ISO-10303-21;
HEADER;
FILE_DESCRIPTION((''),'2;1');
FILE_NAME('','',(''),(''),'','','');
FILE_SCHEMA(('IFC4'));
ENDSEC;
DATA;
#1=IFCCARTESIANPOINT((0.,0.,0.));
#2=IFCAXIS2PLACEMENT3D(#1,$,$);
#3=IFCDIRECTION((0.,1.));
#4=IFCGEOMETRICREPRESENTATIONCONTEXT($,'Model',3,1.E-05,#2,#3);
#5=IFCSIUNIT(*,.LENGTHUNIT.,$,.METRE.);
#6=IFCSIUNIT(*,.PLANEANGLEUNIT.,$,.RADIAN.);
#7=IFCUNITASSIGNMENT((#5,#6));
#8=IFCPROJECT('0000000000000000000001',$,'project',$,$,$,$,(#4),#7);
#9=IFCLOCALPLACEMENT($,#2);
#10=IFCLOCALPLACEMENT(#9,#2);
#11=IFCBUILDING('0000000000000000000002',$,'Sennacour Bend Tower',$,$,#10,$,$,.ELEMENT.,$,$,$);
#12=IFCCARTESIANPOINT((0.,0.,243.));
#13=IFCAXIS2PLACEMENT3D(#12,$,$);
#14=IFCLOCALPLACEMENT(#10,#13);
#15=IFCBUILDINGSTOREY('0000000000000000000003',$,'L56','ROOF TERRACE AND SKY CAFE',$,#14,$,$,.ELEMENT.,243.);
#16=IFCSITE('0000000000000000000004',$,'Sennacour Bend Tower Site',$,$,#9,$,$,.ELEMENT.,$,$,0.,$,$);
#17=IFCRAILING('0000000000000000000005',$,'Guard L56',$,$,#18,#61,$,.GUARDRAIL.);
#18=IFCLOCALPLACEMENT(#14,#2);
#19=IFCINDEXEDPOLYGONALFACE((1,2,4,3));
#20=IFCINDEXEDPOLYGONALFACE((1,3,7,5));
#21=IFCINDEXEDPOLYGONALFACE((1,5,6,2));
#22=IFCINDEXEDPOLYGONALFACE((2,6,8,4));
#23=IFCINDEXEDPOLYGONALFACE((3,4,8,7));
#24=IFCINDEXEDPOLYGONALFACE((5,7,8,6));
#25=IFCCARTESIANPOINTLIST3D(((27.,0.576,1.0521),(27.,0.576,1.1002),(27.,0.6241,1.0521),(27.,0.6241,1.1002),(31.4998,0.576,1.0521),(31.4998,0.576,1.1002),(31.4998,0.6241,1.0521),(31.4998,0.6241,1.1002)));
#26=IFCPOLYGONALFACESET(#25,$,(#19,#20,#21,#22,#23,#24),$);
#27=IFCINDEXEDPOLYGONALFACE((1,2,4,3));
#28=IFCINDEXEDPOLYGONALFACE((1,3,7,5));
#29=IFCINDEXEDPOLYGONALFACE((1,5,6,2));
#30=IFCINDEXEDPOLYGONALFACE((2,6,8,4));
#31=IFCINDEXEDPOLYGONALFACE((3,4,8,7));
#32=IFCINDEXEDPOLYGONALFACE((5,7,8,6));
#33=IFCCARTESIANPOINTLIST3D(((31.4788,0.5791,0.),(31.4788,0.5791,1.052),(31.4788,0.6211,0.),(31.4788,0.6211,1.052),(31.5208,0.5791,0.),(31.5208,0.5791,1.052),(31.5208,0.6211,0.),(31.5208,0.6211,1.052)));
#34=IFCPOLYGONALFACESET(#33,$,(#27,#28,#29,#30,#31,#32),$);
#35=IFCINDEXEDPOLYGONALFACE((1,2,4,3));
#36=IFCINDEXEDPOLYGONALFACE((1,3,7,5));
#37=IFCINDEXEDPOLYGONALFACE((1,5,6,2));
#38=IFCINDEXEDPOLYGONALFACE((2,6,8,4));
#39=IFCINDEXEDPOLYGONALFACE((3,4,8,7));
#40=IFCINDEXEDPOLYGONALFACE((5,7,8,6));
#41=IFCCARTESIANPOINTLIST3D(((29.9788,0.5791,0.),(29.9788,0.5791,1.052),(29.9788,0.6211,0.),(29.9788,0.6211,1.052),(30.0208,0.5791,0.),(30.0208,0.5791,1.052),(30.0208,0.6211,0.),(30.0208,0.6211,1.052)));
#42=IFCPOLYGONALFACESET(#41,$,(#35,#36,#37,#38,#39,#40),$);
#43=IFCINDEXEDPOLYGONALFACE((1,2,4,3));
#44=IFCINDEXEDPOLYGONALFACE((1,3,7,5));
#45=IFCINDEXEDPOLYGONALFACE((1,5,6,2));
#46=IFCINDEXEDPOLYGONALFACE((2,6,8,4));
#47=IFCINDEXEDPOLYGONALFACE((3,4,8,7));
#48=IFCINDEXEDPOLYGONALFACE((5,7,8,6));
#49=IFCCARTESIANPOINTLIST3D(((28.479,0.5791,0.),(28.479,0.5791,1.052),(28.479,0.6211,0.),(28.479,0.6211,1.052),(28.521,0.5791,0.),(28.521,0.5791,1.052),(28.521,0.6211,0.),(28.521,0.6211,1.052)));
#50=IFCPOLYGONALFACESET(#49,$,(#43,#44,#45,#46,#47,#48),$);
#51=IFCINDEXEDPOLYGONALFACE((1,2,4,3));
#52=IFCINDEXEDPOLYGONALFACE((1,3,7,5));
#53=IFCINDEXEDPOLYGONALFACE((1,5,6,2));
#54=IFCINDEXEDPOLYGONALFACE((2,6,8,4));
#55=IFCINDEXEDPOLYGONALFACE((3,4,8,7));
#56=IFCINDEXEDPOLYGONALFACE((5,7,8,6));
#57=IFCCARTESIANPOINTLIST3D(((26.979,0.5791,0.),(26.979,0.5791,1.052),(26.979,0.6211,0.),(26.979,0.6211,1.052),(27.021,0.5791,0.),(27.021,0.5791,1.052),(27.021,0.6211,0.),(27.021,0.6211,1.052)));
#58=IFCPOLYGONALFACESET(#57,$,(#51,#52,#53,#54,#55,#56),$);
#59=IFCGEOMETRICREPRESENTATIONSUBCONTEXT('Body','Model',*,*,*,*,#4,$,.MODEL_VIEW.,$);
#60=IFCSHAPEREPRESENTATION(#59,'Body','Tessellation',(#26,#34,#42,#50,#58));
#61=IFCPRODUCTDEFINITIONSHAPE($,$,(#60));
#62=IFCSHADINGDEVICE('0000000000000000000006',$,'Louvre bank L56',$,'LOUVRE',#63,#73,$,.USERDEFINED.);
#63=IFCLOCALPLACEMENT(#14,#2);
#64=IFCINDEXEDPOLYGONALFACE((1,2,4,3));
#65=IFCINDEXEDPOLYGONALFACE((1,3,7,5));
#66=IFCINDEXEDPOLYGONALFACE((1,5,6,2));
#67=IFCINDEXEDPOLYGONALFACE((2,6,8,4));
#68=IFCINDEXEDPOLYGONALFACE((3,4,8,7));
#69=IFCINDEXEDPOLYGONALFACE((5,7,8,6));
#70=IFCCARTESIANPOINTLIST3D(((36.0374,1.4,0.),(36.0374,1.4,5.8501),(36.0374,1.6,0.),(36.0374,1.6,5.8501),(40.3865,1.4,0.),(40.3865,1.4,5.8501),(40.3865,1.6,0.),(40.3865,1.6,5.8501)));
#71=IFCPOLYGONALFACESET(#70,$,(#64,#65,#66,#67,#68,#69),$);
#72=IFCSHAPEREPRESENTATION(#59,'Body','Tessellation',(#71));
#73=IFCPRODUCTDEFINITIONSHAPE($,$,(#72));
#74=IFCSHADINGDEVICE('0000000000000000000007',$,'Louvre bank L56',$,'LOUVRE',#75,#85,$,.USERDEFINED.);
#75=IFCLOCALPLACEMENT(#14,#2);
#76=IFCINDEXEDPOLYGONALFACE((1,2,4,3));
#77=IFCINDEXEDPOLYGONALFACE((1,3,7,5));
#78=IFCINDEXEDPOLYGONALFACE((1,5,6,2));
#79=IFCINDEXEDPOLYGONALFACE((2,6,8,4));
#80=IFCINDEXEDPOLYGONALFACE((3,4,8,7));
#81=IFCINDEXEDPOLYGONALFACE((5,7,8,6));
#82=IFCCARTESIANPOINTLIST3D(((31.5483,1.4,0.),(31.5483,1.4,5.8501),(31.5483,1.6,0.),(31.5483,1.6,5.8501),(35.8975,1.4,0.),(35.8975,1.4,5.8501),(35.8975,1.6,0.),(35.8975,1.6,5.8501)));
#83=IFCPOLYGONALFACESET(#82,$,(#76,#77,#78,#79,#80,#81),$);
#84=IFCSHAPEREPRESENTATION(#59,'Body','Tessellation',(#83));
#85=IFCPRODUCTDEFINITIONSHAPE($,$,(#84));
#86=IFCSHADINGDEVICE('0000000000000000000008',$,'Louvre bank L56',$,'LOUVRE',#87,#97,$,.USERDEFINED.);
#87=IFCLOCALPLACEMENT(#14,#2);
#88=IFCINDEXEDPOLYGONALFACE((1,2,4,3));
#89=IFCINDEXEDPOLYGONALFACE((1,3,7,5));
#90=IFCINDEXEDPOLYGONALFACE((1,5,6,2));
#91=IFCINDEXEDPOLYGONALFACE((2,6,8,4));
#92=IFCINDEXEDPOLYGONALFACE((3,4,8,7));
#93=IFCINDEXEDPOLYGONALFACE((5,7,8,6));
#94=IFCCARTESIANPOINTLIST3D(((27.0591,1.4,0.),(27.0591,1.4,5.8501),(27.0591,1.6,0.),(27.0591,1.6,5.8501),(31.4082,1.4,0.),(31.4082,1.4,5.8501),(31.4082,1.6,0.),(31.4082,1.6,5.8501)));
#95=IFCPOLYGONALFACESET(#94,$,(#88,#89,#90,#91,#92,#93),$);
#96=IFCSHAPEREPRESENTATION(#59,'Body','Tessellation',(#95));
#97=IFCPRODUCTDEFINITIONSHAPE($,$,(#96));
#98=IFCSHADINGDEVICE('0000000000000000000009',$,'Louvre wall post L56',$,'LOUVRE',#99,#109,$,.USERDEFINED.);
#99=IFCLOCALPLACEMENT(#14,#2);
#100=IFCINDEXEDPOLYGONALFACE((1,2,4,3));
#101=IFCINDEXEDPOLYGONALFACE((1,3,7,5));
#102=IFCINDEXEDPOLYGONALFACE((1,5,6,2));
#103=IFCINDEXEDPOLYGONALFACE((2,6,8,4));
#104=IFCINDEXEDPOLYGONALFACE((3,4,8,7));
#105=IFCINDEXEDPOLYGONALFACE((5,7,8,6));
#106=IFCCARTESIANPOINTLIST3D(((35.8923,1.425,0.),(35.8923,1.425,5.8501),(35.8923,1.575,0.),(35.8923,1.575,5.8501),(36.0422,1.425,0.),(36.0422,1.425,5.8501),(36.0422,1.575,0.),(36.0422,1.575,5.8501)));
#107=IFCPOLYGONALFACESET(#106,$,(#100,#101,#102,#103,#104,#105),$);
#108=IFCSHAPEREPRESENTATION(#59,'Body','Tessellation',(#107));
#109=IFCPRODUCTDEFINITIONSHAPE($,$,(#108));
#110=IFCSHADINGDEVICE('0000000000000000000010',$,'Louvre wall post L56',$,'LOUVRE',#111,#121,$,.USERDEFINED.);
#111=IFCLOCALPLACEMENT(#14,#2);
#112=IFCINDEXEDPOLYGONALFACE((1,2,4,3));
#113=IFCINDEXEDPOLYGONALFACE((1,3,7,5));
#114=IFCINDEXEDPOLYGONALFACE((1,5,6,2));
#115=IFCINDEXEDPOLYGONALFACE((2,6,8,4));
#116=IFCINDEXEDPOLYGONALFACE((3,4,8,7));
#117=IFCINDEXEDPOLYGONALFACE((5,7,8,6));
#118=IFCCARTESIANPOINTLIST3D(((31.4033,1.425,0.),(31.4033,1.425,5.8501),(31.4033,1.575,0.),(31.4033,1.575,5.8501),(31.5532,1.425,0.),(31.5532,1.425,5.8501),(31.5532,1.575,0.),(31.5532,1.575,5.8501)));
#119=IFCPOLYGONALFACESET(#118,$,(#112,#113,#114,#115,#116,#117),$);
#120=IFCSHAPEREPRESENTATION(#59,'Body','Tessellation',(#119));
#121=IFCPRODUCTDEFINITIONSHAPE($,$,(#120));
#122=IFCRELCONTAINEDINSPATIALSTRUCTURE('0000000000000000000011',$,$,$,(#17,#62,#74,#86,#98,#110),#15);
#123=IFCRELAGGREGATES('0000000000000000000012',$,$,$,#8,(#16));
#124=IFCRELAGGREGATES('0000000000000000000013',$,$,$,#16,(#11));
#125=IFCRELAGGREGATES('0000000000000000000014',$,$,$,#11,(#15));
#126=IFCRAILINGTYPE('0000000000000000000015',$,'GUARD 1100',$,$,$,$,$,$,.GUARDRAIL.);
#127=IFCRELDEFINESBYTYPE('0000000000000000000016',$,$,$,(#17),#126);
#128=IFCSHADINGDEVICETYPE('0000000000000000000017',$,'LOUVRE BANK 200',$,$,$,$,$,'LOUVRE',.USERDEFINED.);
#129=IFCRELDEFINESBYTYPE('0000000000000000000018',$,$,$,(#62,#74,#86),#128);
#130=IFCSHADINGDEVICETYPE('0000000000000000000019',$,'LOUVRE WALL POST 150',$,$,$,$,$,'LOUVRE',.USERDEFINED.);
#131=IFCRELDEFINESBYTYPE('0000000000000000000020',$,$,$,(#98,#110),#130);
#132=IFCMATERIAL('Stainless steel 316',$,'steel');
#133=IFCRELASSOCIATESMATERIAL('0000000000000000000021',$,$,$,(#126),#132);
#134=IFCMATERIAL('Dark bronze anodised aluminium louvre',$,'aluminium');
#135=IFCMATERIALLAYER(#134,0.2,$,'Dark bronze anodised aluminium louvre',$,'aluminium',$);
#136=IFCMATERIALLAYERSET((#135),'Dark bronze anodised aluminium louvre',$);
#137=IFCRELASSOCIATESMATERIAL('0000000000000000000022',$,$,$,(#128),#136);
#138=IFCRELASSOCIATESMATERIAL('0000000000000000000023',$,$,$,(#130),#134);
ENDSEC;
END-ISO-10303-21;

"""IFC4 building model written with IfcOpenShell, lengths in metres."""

from ifc_helpers import new_model, si_unit, direction, frame, origin, origin_2d, place, context, subcontext, project, spatial, rectangle, extrude, material, layer, layer_set, type_object, element, save


model = new_model("IFC4")

# Units and contexts
model_context = context("Model", 3, precision=1e-05, world=origin(), true_north=direction((0.0, 1.0)))
body_context = subcontext(model_context, "Body", "Model", "MODEL_VIEW")
ifc_project = project(units=[si_unit("LENGTHUNIT", "METRE"), si_unit("PLANEANGLEUNIT", "RADIAN")], contexts=[model_context])

# Site, building, storey
site_placement = place(None, origin())
site = spatial("IfcSite", under=ifc_project, at=site_placement, Name="Sennacour Bend Tower Site", CompositionType="ELEMENT", RefElevation=0.0)
building_placement = place(site_placement, origin())
building = spatial("IfcBuilding", under=site, at=building_placement, Name="Sennacour Bend Tower", CompositionType="ELEMENT")
storey_placement = place(building_placement, frame((0.0, 0.0, 243.0)))
storey = spatial("IfcBuildingStorey", under=building, at=storey_placement, Name="L56", Description="ROOF TERRACE AND SKY CAFE", CompositionType="ELEMENT", Elevation=243.0)

# Railing
ifc_material_1 = material(Name="Stainless steel 316", Category="steel")
railing_type = type_object("IfcRailingType", Name="GUARD 1100", PredefinedType="GUARDRAIL", material=ifc_material_1)
for number, where, name in (
    (1, (31.4998, 0.6001, 0.0), "Guard L56"),
):
    element("IfcRailing", number, at=place(storey_placement, frame(where)), inside=storey, type_object=railing_type, Name=name, PredefinedType="GUARDRAIL", context=body_context, shape_type="SweptSolid", body=[
        extrude(rectangle(XDim=0.0481, YDim=0.0481, at=origin_2d()), frame((0.0, 0.0, 1.0762), z_axis=(-1.0, 0.0, 0.0), x_axis=(0.0, -1.0, 0.0)), (0.0, 0.0, 1.0), 4.4998),
        extrude(rectangle(XDim=0.042, YDim=0.042, at=origin_2d()), origin(), (0.0, 0.0, 1.0), 1.052),
        extrude(rectangle(XDim=0.042, YDim=0.042, at=origin_2d()), frame((-1.5, 0.0, 0.0)), (0.0, 0.0, 1.0), 1.052),
        extrude(rectangle(XDim=0.042, YDim=0.042, at=origin_2d()), frame((-2.9998, 0.0, 0.0)), (0.0, 0.0, 1.0), 1.052),
        extrude(rectangle(XDim=0.042, YDim=0.042, at=origin_2d()), frame((-4.4998, 0.0, 0.0)), (0.0, 0.0, 1.0), 1.052),
    ])

# Shading devices
ifc_material_2 = material(Name="Dark bronze anodised aluminium louvre", Category="aluminium")
ifc_layer_1 = layer(ifc_material_2, 0.2, Name="Dark bronze anodised aluminium louvre", Category="aluminium")
ifc_layer_set_1 = layer_set([ifc_layer_1], Name="Dark bronze anodised aluminium louvre")
shading_device_type_1 = type_object("IfcShadingDeviceType", Name="LOUVRE BANK 200", ElementType="LOUVRE", PredefinedType="USERDEFINED", material=ifc_layer_set_1)
for number, where, z_axis, x_axis, name in (
    (2, (38.2119, 1.5, 0.0), (0.0, 0.0, 1.0), (-1.0, 0.0, 0.0), "Louvre bank L56"),
    (3, (33.7229, 1.5, 0.0), (0.0, 0.0, 1.0), (-1.0, 0.0, 0.0), "Louvre bank L56"),
    (4, (29.2336, 1.5, 0.0), (0.0, 0.0, 1.0), (-1.0, 0.0, 0.0), "Louvre bank L56"),
):
    element("IfcShadingDevice", number, at=place(storey_placement, frame(where, z_axis=z_axis, x_axis=x_axis)), inside=storey, type_object=shading_device_type_1, Name=name, ObjectType="LOUVRE", PredefinedType="USERDEFINED", context=body_context, shape_type="SweptSolid", body=[
        extrude(rectangle(XDim=4.3491, YDim=0.2, at=origin_2d()), origin(), (0.0, 0.0, 1.0), 5.8501),
    ])
shading_device_type_2 = type_object("IfcShadingDeviceType", Name="LOUVRE WALL POST 150", ElementType="LOUVRE", PredefinedType="USERDEFINED", material=ifc_material_2)
for number, where, z_axis, x_axis, name in (
    (5, (35.9673, 1.5, 0.0), (0.0, 0.0, 1.0), (1.0, 0.0, 0.0), "Louvre wall post L56"),
    (6, (31.4783, 1.5, 0.0), (0.0, 0.0, 1.0), (1.0, 0.0, 0.0), "Louvre wall post L56"),
):
    element("IfcShadingDevice", number, at=place(storey_placement, frame(where, z_axis=z_axis, x_axis=x_axis)), inside=storey, type_object=shading_device_type_2, Name=name, ObjectType="LOUVRE", PredefinedType="USERDEFINED", context=body_context, shape_type="SweptSolid", body=[
        extrude(rectangle(XDim=0.1499, YDim=0.1499, at=origin_2d()), origin(), (0.0, 0.0, 1.0), 5.8501),
    ])

save(model, "model.ifc")
